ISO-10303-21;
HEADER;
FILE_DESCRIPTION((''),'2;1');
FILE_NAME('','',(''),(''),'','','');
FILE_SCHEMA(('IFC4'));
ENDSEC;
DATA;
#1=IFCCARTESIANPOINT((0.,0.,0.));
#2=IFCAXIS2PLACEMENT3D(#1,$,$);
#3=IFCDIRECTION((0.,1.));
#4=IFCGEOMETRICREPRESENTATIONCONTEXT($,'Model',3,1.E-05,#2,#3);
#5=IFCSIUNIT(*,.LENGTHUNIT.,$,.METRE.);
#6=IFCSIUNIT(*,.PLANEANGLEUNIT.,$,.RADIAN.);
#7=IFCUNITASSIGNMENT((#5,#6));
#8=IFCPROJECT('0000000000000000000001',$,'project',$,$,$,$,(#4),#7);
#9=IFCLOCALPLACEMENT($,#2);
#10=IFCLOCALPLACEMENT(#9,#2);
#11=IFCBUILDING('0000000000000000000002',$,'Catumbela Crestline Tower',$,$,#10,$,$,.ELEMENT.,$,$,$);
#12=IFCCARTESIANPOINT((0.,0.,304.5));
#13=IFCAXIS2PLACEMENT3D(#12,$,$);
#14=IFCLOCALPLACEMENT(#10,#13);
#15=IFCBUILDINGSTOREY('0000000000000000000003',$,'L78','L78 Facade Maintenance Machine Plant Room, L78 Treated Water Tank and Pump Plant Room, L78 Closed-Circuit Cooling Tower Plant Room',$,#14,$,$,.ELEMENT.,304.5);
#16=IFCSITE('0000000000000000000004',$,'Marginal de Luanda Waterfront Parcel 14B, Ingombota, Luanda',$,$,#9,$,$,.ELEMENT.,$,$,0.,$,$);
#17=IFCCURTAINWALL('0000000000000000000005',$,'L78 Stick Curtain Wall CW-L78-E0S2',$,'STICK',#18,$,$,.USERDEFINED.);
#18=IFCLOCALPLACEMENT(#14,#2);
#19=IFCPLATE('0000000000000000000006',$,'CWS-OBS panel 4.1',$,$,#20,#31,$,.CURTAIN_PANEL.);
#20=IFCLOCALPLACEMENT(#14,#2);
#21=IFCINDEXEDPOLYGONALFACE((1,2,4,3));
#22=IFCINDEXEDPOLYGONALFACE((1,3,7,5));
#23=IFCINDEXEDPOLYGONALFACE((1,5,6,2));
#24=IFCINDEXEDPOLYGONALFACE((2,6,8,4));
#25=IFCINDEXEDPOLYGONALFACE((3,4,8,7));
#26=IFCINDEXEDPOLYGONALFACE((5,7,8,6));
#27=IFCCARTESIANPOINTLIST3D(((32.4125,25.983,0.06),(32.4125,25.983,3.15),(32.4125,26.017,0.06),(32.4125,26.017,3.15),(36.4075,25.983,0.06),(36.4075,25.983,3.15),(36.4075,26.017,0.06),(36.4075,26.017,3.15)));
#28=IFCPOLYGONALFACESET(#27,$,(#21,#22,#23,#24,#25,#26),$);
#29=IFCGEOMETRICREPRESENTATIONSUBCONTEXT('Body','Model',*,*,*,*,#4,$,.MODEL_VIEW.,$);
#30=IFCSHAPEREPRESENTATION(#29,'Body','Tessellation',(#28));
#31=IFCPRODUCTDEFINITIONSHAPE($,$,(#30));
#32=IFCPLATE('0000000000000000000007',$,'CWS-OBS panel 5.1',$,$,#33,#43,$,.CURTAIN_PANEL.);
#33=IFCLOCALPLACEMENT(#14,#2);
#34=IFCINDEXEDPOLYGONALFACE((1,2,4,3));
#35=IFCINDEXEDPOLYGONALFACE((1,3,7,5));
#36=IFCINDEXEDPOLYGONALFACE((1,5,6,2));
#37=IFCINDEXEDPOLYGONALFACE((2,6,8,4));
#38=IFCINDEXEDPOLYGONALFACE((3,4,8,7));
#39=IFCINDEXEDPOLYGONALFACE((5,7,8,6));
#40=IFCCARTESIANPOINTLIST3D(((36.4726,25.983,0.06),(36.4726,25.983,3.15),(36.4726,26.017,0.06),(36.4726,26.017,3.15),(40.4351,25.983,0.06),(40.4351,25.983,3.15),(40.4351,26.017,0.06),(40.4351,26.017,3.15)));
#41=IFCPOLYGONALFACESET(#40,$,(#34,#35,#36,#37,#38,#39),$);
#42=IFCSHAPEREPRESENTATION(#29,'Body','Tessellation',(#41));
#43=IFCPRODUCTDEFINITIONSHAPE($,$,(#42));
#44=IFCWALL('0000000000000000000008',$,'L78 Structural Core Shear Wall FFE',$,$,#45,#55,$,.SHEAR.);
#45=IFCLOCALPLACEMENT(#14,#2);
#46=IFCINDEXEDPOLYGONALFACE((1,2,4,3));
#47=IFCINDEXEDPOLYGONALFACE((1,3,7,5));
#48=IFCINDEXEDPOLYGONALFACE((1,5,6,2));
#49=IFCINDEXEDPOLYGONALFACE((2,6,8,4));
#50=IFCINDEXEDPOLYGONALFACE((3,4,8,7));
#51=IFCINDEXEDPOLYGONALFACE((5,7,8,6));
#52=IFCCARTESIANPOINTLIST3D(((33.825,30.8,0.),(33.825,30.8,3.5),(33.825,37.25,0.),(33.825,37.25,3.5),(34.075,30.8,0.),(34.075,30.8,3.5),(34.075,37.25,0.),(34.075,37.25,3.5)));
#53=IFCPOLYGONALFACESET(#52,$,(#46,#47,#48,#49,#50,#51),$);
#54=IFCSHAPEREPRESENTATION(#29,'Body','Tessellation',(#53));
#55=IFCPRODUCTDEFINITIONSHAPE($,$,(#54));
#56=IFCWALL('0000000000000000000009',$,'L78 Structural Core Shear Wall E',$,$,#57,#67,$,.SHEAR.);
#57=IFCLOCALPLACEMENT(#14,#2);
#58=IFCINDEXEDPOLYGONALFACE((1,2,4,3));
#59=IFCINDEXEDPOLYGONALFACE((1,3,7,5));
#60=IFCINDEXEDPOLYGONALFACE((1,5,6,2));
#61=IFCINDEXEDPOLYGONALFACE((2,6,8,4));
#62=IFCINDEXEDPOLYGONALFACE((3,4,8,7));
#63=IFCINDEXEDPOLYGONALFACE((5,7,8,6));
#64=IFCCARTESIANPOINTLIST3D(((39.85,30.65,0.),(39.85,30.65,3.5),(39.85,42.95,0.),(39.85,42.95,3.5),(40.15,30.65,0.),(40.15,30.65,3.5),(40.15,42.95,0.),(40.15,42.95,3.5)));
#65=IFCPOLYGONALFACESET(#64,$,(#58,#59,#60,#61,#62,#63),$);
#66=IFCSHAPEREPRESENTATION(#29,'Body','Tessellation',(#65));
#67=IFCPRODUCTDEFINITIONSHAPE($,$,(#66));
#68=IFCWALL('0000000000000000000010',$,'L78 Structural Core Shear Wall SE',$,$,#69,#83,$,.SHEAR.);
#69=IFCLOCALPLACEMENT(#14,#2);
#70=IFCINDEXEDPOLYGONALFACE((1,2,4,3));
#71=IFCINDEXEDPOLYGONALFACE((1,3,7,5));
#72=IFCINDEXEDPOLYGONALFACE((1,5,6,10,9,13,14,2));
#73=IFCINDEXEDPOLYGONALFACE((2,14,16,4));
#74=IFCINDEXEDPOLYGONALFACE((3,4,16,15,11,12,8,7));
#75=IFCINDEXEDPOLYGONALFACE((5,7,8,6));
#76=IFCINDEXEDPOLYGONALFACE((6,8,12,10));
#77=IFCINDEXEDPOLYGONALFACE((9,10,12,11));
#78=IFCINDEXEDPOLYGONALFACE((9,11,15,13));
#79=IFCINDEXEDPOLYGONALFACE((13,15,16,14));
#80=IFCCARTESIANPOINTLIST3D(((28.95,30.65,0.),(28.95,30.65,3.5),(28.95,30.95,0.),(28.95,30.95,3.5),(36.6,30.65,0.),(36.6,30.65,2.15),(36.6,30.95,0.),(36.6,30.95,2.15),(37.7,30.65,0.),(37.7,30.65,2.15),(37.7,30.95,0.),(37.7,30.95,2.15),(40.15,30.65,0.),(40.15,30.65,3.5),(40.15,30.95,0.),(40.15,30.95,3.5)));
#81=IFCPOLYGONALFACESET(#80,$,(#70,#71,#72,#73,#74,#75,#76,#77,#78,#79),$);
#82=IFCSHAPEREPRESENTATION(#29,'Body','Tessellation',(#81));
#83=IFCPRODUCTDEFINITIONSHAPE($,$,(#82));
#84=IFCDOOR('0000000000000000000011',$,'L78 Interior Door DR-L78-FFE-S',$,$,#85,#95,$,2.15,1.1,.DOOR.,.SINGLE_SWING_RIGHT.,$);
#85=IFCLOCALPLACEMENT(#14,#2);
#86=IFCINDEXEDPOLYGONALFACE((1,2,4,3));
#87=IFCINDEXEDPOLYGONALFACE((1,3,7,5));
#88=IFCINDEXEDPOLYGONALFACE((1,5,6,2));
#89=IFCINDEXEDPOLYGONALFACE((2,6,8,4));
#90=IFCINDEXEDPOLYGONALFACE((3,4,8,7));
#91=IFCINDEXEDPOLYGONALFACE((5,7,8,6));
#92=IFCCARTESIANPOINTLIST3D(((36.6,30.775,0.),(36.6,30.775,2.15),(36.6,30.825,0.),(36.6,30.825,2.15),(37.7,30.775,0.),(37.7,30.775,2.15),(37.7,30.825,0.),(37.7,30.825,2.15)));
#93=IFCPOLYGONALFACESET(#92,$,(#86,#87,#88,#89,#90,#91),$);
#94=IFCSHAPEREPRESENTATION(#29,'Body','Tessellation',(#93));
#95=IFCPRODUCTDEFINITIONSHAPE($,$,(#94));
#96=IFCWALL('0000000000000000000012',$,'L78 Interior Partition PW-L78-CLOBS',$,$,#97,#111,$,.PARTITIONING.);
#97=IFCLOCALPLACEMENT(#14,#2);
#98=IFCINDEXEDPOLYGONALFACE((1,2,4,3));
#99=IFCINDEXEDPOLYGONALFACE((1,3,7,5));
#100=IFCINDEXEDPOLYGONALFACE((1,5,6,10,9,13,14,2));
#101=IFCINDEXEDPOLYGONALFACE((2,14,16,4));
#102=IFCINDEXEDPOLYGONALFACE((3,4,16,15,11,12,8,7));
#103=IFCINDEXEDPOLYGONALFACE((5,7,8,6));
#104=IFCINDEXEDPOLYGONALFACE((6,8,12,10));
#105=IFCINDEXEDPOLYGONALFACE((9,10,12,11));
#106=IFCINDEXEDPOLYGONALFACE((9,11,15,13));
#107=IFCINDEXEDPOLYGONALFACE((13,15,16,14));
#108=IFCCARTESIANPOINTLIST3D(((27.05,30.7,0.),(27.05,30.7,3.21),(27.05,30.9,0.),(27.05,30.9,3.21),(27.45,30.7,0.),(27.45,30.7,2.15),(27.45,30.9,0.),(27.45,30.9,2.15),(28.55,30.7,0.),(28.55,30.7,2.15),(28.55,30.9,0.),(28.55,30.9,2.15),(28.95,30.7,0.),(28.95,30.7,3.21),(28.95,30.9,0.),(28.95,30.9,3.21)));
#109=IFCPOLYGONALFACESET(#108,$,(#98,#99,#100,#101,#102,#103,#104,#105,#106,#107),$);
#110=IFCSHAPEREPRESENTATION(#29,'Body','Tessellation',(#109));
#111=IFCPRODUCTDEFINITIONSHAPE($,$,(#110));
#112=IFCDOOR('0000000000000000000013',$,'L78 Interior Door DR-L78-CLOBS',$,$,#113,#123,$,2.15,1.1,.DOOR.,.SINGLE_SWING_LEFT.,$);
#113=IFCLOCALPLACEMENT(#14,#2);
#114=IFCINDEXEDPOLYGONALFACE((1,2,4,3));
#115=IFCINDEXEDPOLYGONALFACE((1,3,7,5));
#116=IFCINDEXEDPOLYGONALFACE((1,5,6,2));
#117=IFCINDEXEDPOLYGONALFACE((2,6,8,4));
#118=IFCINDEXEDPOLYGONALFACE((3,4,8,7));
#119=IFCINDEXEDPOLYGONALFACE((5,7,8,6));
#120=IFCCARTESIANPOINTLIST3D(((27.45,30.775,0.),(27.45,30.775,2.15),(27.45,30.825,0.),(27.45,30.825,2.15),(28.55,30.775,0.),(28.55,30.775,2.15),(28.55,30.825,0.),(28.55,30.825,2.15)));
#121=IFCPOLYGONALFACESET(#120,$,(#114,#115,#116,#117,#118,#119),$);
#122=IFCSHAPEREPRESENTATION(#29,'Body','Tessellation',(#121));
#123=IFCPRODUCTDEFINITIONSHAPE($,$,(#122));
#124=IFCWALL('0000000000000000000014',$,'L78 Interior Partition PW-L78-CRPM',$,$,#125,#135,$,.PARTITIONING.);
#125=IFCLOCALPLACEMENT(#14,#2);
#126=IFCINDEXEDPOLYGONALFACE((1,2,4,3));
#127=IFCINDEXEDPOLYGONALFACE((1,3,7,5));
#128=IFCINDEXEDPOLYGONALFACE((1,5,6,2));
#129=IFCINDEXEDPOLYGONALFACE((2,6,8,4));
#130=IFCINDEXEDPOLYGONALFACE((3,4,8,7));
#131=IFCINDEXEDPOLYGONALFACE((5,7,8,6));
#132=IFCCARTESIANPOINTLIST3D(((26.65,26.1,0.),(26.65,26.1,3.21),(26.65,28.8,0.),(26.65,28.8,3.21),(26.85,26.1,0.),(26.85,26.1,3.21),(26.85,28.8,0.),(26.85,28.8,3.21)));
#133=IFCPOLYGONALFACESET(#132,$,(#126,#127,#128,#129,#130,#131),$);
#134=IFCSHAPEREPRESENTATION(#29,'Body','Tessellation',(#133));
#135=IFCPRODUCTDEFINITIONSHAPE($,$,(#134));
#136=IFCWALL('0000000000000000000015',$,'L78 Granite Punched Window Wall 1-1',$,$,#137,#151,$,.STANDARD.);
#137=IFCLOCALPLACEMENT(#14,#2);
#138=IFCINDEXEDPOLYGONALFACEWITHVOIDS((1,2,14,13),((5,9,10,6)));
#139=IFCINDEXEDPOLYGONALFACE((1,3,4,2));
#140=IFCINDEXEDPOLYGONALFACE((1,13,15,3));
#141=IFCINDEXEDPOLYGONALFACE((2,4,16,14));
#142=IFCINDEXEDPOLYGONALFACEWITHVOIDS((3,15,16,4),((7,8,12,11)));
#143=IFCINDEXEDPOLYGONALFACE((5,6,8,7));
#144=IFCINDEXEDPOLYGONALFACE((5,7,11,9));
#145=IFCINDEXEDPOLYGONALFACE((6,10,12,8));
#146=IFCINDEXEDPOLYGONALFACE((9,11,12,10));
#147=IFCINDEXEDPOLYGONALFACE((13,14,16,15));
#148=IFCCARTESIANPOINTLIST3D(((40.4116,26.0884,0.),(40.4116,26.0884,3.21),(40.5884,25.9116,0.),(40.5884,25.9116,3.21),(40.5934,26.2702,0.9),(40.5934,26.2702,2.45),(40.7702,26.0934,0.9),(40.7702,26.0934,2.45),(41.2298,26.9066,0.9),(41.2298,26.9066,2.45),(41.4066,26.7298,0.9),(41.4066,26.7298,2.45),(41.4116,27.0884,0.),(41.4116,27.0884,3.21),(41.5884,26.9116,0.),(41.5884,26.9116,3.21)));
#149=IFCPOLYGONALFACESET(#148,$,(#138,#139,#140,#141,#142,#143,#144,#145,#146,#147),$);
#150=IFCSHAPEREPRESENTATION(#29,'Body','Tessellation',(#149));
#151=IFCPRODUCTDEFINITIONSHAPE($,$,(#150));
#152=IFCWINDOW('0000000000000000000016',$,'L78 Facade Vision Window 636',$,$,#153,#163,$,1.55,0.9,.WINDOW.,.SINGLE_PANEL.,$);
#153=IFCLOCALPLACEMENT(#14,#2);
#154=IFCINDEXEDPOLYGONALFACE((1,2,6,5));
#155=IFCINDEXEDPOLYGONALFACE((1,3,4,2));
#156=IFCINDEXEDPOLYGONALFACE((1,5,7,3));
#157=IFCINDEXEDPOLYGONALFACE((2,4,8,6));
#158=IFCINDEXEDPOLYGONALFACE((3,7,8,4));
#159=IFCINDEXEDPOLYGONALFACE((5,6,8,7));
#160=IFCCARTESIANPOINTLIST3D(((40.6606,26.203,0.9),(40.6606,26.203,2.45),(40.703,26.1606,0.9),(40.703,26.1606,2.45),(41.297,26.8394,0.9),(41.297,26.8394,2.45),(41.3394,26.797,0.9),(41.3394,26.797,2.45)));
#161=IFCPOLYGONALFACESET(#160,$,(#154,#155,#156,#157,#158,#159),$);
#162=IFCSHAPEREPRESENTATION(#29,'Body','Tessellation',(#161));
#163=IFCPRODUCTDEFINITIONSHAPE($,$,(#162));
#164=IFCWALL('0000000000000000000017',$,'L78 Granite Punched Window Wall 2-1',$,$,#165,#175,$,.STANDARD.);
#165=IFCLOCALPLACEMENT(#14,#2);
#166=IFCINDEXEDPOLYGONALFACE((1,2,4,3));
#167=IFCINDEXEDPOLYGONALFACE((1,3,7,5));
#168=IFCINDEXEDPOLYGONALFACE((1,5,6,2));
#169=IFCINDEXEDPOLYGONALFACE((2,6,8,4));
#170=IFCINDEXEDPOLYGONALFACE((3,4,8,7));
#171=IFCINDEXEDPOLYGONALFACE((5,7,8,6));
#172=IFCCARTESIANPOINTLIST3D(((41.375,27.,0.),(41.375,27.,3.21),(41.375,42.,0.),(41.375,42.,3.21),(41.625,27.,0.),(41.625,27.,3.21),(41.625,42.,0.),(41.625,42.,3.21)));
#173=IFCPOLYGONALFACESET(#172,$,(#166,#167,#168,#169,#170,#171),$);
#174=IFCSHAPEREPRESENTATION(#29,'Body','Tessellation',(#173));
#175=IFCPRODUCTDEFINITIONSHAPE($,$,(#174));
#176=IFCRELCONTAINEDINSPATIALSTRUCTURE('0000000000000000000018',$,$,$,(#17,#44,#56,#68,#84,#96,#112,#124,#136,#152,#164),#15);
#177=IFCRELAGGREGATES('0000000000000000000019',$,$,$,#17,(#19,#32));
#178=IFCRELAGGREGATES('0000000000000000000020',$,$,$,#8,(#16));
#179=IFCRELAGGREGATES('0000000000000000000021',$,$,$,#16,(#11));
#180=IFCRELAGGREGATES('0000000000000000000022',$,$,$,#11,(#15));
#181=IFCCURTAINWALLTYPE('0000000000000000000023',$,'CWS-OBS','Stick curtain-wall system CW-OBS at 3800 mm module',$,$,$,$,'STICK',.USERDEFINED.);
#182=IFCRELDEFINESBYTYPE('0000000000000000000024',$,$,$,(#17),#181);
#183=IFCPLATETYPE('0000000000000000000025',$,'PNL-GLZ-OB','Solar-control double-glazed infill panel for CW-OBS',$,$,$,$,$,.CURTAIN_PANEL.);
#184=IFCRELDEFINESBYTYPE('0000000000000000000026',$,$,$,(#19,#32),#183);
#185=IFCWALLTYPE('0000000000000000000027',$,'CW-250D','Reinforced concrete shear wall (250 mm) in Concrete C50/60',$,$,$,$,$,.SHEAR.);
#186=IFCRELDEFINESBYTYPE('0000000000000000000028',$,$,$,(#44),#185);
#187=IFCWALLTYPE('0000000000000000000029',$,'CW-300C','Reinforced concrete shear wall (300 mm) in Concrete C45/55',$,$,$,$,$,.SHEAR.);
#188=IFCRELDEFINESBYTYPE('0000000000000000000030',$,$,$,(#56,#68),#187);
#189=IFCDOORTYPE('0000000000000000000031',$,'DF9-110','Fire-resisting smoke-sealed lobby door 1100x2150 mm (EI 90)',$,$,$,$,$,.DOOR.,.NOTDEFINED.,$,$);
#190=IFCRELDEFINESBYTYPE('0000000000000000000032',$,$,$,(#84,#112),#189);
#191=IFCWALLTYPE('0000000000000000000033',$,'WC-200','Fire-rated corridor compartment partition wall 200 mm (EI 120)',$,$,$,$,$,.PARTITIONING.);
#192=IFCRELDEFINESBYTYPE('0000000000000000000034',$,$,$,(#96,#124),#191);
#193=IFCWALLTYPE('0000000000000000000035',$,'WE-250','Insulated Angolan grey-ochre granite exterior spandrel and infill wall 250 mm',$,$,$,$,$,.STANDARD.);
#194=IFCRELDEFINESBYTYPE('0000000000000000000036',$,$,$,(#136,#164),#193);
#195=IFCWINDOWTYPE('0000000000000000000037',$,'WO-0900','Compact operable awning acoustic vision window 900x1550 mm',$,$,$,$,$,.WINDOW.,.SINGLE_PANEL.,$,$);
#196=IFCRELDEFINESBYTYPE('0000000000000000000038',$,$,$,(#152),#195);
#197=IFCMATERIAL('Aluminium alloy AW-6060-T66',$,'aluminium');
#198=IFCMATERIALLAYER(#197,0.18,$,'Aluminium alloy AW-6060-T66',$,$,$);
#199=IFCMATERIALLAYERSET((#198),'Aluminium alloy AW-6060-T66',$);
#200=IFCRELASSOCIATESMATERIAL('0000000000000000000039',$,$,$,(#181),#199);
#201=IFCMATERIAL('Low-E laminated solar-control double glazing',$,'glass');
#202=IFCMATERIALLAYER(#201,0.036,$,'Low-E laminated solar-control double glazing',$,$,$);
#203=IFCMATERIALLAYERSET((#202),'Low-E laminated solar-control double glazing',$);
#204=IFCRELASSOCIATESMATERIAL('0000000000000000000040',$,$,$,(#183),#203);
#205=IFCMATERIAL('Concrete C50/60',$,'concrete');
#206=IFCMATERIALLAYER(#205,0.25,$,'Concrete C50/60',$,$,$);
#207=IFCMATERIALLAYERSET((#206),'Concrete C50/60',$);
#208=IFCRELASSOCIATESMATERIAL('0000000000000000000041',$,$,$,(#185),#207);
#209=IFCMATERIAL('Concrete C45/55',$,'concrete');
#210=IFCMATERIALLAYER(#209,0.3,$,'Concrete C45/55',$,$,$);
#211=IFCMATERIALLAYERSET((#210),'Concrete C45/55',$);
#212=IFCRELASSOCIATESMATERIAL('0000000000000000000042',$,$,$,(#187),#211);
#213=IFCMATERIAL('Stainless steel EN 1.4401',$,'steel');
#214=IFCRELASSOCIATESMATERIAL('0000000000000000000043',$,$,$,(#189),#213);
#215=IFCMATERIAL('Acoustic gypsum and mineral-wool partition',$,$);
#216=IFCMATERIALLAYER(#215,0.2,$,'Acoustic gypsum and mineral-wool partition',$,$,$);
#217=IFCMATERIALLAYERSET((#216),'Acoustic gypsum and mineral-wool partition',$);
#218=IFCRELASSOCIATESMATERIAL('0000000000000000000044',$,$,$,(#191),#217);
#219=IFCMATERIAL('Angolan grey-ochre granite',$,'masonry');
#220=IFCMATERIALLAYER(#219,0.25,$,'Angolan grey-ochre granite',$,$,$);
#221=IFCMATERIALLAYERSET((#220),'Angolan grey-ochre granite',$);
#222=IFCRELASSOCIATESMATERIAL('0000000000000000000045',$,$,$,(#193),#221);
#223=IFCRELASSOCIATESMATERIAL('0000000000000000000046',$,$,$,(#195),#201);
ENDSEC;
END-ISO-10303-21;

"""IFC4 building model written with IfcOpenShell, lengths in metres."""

from ifc_helpers import new_model, si_unit, direction, frame, frame_2d, origin, origin_2d, place, context, subcontext, project, spatial, rectangle, extrude, material, layer, layer_set, type_object, element, fill, aggregate, save


model = new_model("IFC4")

# Units and contexts
model_context = context("Model", 3, precision=1e-05, world=origin(), true_north=direction((0.0, 1.0)))
body_context = subcontext(model_context, "Body", "Model", "MODEL_VIEW")
ifc_project = project(units=[si_unit("LENGTHUNIT", "METRE"), si_unit("PLANEANGLEUNIT", "RADIAN")], contexts=[model_context])

# Site, building, storey
site_placement = place(None, origin())
site = spatial("IfcSite", under=ifc_project, at=site_placement, Name="Marginal de Luanda Waterfront Parcel 14B, Ingombota, Luanda", CompositionType="ELEMENT", RefElevation=0.0)
building_placement = place(site_placement, origin())
building = spatial("IfcBuilding", under=site, at=building_placement, Name="Catumbela Crestline Tower", CompositionType="ELEMENT")
storey_placement = place(building_placement, frame((0.0, 0.0, 304.5)))
storey = spatial("IfcBuildingStorey", under=building, at=storey_placement, Name="L78", Description="L78 Facade Maintenance Machine Plant Room, L78 Treated Water Tank and Pump Plant Room, L78 Closed-Circuit Cooling Tower Plant Room", CompositionType="ELEMENT", Elevation=304.5)

# Curtain wall, plates
ifc_material_1 = material(Name="Aluminium alloy AW-6060-T66", Category="aluminium")
ifc_layer_1 = layer(ifc_material_1, 0.18, Name="Aluminium alloy AW-6060-T66")
ifc_layer_set_1 = layer_set([ifc_layer_1], Name="Aluminium alloy AW-6060-T66")
curtain_wall_type = type_object("IfcCurtainWallType", Name="CWS-OBS", Description="Stick curtain-wall system CW-OBS at 3800 mm module", ElementType="STICK", PredefinedType="USERDEFINED", material=ifc_layer_set_1)
curtain_wall_placement = place(storey_placement, origin())
curtain_wall = element("IfcCurtainWall", 1, at=curtain_wall_placement, inside=storey, type_object=curtain_wall_type, Name="L78 Stick Curtain Wall CW-L78-E0S2", ObjectType="STICK", PredefinedType="USERDEFINED")
ifc_material_2 = material(Name="Low-E laminated solar-control double glazing", Category="glass")
ifc_layer_2 = layer(ifc_material_2, 0.036, Name="Low-E laminated solar-control double glazing")
ifc_layer_set_2 = layer_set([ifc_layer_2], Name="Low-E laminated solar-control double glazing")
plate_type = type_object("IfcPlateType", Name="PNL-GLZ-OB", Description="Solar-control double-glazed infill panel for CW-OBS", PredefinedType="CURTAIN_PANEL", material=ifc_layer_set_2)
plate_1_placement = place(storey_placement, frame((34.41, 26.0, 0.06), z_axis=(0.0, 0.0, 1.0), x_axis=(1.0, 0.0, 0.0)))
plate_1 = element("IfcPlate", 2, at=plate_1_placement, type_object=plate_type, Name="CWS-OBS panel 4.1", PredefinedType="CURTAIN_PANEL", context=body_context, shape_type="SweptSolid", body=[
    extrude(rectangle(XDim=3.995, YDim=0.034, at=origin_2d()), origin(), (0.0, 0.0, 1.0), 3.09),
])
plate_2_placement = place(storey_placement, frame((38.4538, 26.0, 0.06), z_axis=(0.0, 0.0, 1.0), x_axis=(1.0, 0.0, 0.0)))
plate_2 = element("IfcPlate", 3, at=plate_2_placement, type_object=plate_type, Name="CWS-OBS panel 5.1", PredefinedType="CURTAIN_PANEL", context=body_context, shape_type="SweptSolid", body=[
    extrude(rectangle(XDim=3.9625, YDim=0.034, at=origin_2d()), origin(), (0.0, 0.0, 1.0), 3.09),
])
aggregate(curtain_wall, [plate_1, plate_2])

# Walls
ifc_material_3 = material(Name="Concrete C50/60", Category="concrete")
ifc_layer_3 = layer(ifc_material_3, 0.25, Name="Concrete C50/60")
ifc_layer_set_3 = layer_set([ifc_layer_3], Name="Concrete C50/60")
wall_type_1 = type_object("IfcWallType", Name="CW-250D", Description="Reinforced concrete shear wall (250 mm) in Concrete C50/60", PredefinedType="SHEAR", material=ifc_layer_set_3)
wall_1_placement = place(storey_placement, frame((33.95, 30.8, 0.0), z_axis=(0.0, 0.0, 1.0), x_axis=(0.0, 1.0, 0.0)))
element("IfcWall", 4, at=wall_1_placement, inside=storey, type_object=wall_type_1, Name="L78 Structural Core Shear Wall FFE", PredefinedType="SHEAR", context=body_context, shape_type="SweptSolid", body=[
    extrude(rectangle(XDim=6.45, YDim=0.25, at=frame_2d((3.225, 0.0))), origin(), (0.0, 0.0, 1.0), 3.5),
])
ifc_material_4 = material(Name="Concrete C45/55", Category="concrete")
ifc_layer_4 = layer(ifc_material_4, 0.3, Name="Concrete C45/55")
ifc_layer_set_4 = layer_set([ifc_layer_4], Name="Concrete C45/55")
wall_type_2 = type_object("IfcWallType", Name="CW-300C", Description="Reinforced concrete shear wall (300 mm) in Concrete C45/55", PredefinedType="SHEAR", material=ifc_layer_set_4)
wall_2_placement = place(storey_placement, frame((40.0, 30.65, 0.0), z_axis=(0.0, 0.0, 1.0), x_axis=(0.0, 1.0, 0.0)))
element("IfcWall", 5, at=wall_2_placement, inside=storey, type_object=wall_type_2, Name="L78 Structural Core Shear Wall E", PredefinedType="SHEAR", context=body_context, shape_type="SweptSolid", body=[
    extrude(rectangle(XDim=12.3, YDim=0.3, at=frame_2d((6.15, 0.0))), origin(), (0.0, 0.0, 1.0), 3.5),
])

# Walls, openings, doors
wall_3_placement = place(storey_placement, frame((28.95, 30.8, 0.0), z_axis=(0.0, 0.0, 1.0), x_axis=(1.0, 0.0, 0.0)))
wall_3 = element("IfcWall", 6, at=wall_3_placement, inside=storey, type_object=wall_type_2, Name="L78 Structural Core Shear Wall SE", PredefinedType="SHEAR", context=body_context, shape_type="SweptSolid", body=[
    extrude(rectangle(XDim=11.2, YDim=0.3, at=frame_2d((5.6, 0.0))), origin(), (0.0, 0.0, 1.0), 3.5),
])
opening_1_placement = place(wall_3_placement, frame((7.65, 0.0, 0.0)))
opening_1 = element("IfcOpeningElement", 7, at=opening_1_placement, cuts=wall_3, PredefinedType="OPENING", context=body_context, shape_type="SweptSolid", body=[
    extrude(rectangle(XDim=1.1, YDim=2.15, at=frame_2d((0.55, 1.075))), frame((0.0, 0.16, 0.0), z_axis=(0.0, -1.0, 0.0), x_axis=(1.0, 0.0, 0.0)), (0.0, 0.0, 1.0), 0.32),
])
ifc_material_5 = material(Name="Stainless steel EN 1.4401", Category="steel")
door_type = type_object("IfcDoorType", Name="DF9-110", Description="Fire-resisting smoke-sealed lobby door 1100x2150 mm (EI 90)", OperationType="NOTDEFINED", PredefinedType="DOOR", material=ifc_material_5)
door_1_placement = place(opening_1_placement, origin())
door_1 = element("IfcDoor", 8, at=door_1_placement, inside=storey, type_object=door_type, Name="L78 Interior Door DR-L78-FFE-S", OperationType="SINGLE_SWING_RIGHT", OverallHeight=2.15, OverallWidth=1.1, PredefinedType="DOOR", context=body_context, shape_type="SweptSolid", body=[
    extrude(rectangle(XDim=1.1, YDim=2.15, at=frame_2d((0.55, 1.075))), frame((0.0, 0.025, 0.0), z_axis=(0.0, -1.0, 0.0), x_axis=(1.0, 0.0, 0.0)), (0.0, 0.0, 1.0), 0.05),
])
fill(opening_1, door_1)
ifc_material_6 = material(Name="Acoustic gypsum and mineral-wool partition")
ifc_layer_5 = layer(ifc_material_6, 0.2, Name="Acoustic gypsum and mineral-wool partition")
ifc_layer_set_5 = layer_set([ifc_layer_5], Name="Acoustic gypsum and mineral-wool partition")
wall_type_3 = type_object("IfcWallType", Name="WC-200", Description="Fire-rated corridor compartment partition wall 200 mm (EI 120)", PredefinedType="PARTITIONING", material=ifc_layer_set_5)
wall_4_placement = place(storey_placement, frame((27.05, 30.8, 0.0), z_axis=(0.0, 0.0, 1.0), x_axis=(1.0, 0.0, 0.0)))
wall_4 = element("IfcWall", 9, at=wall_4_placement, inside=storey, type_object=wall_type_3, Name="L78 Interior Partition PW-L78-CLOBS", PredefinedType="PARTITIONING", context=body_context, shape_type="SweptSolid", body=[
    extrude(rectangle(XDim=1.9, YDim=0.2, at=frame_2d((0.95, 0.0))), origin(), (0.0, 0.0, 1.0), 3.21),
])
opening_2_placement = place(wall_4_placement, frame((0.4, 0.0, 0.0)))
opening_2 = element("IfcOpeningElement", 10, at=opening_2_placement, cuts=wall_4, PredefinedType="OPENING", context=body_context, shape_type="SweptSolid", body=[
    extrude(rectangle(XDim=1.1, YDim=2.15, at=frame_2d((0.55, 1.075))), frame((0.0, 0.11, 0.0), z_axis=(0.0, -1.0, 0.0), x_axis=(1.0, 0.0, 0.0)), (0.0, 0.0, 1.0), 0.22),
])
door_2_placement = place(opening_2_placement, origin())
door_2 = element("IfcDoor", 11, at=door_2_placement, inside=storey, type_object=door_type, Name="L78 Interior Door DR-L78-CLOBS", OperationType="SINGLE_SWING_LEFT", OverallHeight=2.15, OverallWidth=1.1, PredefinedType="DOOR", context=body_context, shape_type="SweptSolid", body=[
    extrude(rectangle(XDim=1.1, YDim=2.15, at=frame_2d((0.55, 1.075))), frame((0.0, 0.025, 0.0), z_axis=(0.0, -1.0, 0.0), x_axis=(1.0, 0.0, 0.0)), (0.0, 0.0, 1.0), 0.05),
])
fill(opening_2, door_2)

# Wall
wall_5_placement = place(storey_placement, frame((26.75, 26.1, 0.0), z_axis=(0.0, 0.0, 1.0), x_axis=(0.0, 1.0, 0.0)))
element("IfcWall", 12, at=wall_5_placement, inside=storey, type_object=wall_type_3, Name="L78 Interior Partition PW-L78-CRPM", PredefinedType="PARTITIONING", context=body_context, shape_type="SweptSolid", body=[
    extrude(rectangle(XDim=2.7, YDim=0.2, at=frame_2d((1.35, 0.0))), origin(), (0.0, 0.0, 1.0), 3.21),
])

# Wall, opening, window
ifc_material_7 = material(Name="Angolan grey-ochre granite", Category="masonry")
ifc_layer_6 = layer(ifc_material_7, 0.25, Name="Angolan grey-ochre granite")
ifc_layer_set_6 = layer_set([ifc_layer_6], Name="Angolan grey-ochre granite")
wall_type_4 = type_object("IfcWallType", Name="WE-250", Description="Insulated Angolan grey-ochre granite exterior spandrel and infill wall 250 mm", PredefinedType="STANDARD", material=ifc_layer_set_6)
wall_6_placement = place(storey_placement, frame((40.5, 26.0, 0.0), z_axis=(0.0, 0.0, 1.0), x_axis=(0.707107, 0.707107, 0.0)))
wall_6 = element("IfcWall", 13, at=wall_6_placement, inside=storey, type_object=wall_type_4, Name="L78 Granite Punched Window Wall 1-1", PredefinedType="STANDARD", context=body_context, shape_type="SweptSolid", body=[
    extrude(rectangle(XDim=1.4142, YDim=0.25, at=frame_2d((0.7071, 0.0))), origin(), (0.0, 0.0, 1.0), 3.21),
])
opening_3_placement = place(wall_6_placement, frame((0.2571, 0.0, 0.9)))
opening_3 = element("IfcOpeningElement", 14, at=opening_3_placement, cuts=wall_6, PredefinedType="OPENING", context=body_context, shape_type="SweptSolid", body=[
    extrude(rectangle(XDim=0.9, YDim=1.55, at=frame_2d((0.45, 0.775))), frame((0.0, 0.135, 0.0), z_axis=(0.0, -1.0, 0.0), x_axis=(1.0, 0.0, 0.0)), (0.0, 0.0, 1.0), 0.27),
])
window_type = type_object("IfcWindowType", Name="WO-0900", Description="Compact operable awning acoustic vision window 900x1550 mm", PartitioningType="SINGLE_PANEL", PredefinedType="WINDOW", material=ifc_material_2)
window_placement = place(opening_3_placement, origin())
window = element("IfcWindow", 15, at=window_placement, inside=storey, type_object=window_type, Name="L78 Facade Vision Window 636", OverallHeight=1.55, OverallWidth=0.9, PartitioningType="SINGLE_PANEL", PredefinedType="WINDOW", context=body_context, shape_type="SweptSolid", body=[
    extrude(rectangle(XDim=0.9, YDim=1.55, at=frame_2d((0.45, 0.775))), frame((0.0, 0.03, 0.0), z_axis=(0.0, -1.0, 0.0), x_axis=(1.0, 0.0, 0.0)), (0.0, 0.0, 1.0), 0.06),
])
fill(opening_3, window)

# Wall
wall_7_placement = place(storey_placement, frame((41.5, 27.0, 0.0), z_axis=(0.0, 0.0, 1.0), x_axis=(0.0, 1.0, 0.0)))
element("IfcWall", 16, at=wall_7_placement, inside=storey, type_object=wall_type_4, Name="L78 Granite Punched Window Wall 2-1", PredefinedType="STANDARD", context=body_context, shape_type="SweptSolid", body=[
    extrude(rectangle(XDim=15.0, YDim=0.25, at=frame_2d((7.5, 0.0))), origin(), (0.0, 0.0, 1.0), 3.21),
])

save(model, "model.ifc")
